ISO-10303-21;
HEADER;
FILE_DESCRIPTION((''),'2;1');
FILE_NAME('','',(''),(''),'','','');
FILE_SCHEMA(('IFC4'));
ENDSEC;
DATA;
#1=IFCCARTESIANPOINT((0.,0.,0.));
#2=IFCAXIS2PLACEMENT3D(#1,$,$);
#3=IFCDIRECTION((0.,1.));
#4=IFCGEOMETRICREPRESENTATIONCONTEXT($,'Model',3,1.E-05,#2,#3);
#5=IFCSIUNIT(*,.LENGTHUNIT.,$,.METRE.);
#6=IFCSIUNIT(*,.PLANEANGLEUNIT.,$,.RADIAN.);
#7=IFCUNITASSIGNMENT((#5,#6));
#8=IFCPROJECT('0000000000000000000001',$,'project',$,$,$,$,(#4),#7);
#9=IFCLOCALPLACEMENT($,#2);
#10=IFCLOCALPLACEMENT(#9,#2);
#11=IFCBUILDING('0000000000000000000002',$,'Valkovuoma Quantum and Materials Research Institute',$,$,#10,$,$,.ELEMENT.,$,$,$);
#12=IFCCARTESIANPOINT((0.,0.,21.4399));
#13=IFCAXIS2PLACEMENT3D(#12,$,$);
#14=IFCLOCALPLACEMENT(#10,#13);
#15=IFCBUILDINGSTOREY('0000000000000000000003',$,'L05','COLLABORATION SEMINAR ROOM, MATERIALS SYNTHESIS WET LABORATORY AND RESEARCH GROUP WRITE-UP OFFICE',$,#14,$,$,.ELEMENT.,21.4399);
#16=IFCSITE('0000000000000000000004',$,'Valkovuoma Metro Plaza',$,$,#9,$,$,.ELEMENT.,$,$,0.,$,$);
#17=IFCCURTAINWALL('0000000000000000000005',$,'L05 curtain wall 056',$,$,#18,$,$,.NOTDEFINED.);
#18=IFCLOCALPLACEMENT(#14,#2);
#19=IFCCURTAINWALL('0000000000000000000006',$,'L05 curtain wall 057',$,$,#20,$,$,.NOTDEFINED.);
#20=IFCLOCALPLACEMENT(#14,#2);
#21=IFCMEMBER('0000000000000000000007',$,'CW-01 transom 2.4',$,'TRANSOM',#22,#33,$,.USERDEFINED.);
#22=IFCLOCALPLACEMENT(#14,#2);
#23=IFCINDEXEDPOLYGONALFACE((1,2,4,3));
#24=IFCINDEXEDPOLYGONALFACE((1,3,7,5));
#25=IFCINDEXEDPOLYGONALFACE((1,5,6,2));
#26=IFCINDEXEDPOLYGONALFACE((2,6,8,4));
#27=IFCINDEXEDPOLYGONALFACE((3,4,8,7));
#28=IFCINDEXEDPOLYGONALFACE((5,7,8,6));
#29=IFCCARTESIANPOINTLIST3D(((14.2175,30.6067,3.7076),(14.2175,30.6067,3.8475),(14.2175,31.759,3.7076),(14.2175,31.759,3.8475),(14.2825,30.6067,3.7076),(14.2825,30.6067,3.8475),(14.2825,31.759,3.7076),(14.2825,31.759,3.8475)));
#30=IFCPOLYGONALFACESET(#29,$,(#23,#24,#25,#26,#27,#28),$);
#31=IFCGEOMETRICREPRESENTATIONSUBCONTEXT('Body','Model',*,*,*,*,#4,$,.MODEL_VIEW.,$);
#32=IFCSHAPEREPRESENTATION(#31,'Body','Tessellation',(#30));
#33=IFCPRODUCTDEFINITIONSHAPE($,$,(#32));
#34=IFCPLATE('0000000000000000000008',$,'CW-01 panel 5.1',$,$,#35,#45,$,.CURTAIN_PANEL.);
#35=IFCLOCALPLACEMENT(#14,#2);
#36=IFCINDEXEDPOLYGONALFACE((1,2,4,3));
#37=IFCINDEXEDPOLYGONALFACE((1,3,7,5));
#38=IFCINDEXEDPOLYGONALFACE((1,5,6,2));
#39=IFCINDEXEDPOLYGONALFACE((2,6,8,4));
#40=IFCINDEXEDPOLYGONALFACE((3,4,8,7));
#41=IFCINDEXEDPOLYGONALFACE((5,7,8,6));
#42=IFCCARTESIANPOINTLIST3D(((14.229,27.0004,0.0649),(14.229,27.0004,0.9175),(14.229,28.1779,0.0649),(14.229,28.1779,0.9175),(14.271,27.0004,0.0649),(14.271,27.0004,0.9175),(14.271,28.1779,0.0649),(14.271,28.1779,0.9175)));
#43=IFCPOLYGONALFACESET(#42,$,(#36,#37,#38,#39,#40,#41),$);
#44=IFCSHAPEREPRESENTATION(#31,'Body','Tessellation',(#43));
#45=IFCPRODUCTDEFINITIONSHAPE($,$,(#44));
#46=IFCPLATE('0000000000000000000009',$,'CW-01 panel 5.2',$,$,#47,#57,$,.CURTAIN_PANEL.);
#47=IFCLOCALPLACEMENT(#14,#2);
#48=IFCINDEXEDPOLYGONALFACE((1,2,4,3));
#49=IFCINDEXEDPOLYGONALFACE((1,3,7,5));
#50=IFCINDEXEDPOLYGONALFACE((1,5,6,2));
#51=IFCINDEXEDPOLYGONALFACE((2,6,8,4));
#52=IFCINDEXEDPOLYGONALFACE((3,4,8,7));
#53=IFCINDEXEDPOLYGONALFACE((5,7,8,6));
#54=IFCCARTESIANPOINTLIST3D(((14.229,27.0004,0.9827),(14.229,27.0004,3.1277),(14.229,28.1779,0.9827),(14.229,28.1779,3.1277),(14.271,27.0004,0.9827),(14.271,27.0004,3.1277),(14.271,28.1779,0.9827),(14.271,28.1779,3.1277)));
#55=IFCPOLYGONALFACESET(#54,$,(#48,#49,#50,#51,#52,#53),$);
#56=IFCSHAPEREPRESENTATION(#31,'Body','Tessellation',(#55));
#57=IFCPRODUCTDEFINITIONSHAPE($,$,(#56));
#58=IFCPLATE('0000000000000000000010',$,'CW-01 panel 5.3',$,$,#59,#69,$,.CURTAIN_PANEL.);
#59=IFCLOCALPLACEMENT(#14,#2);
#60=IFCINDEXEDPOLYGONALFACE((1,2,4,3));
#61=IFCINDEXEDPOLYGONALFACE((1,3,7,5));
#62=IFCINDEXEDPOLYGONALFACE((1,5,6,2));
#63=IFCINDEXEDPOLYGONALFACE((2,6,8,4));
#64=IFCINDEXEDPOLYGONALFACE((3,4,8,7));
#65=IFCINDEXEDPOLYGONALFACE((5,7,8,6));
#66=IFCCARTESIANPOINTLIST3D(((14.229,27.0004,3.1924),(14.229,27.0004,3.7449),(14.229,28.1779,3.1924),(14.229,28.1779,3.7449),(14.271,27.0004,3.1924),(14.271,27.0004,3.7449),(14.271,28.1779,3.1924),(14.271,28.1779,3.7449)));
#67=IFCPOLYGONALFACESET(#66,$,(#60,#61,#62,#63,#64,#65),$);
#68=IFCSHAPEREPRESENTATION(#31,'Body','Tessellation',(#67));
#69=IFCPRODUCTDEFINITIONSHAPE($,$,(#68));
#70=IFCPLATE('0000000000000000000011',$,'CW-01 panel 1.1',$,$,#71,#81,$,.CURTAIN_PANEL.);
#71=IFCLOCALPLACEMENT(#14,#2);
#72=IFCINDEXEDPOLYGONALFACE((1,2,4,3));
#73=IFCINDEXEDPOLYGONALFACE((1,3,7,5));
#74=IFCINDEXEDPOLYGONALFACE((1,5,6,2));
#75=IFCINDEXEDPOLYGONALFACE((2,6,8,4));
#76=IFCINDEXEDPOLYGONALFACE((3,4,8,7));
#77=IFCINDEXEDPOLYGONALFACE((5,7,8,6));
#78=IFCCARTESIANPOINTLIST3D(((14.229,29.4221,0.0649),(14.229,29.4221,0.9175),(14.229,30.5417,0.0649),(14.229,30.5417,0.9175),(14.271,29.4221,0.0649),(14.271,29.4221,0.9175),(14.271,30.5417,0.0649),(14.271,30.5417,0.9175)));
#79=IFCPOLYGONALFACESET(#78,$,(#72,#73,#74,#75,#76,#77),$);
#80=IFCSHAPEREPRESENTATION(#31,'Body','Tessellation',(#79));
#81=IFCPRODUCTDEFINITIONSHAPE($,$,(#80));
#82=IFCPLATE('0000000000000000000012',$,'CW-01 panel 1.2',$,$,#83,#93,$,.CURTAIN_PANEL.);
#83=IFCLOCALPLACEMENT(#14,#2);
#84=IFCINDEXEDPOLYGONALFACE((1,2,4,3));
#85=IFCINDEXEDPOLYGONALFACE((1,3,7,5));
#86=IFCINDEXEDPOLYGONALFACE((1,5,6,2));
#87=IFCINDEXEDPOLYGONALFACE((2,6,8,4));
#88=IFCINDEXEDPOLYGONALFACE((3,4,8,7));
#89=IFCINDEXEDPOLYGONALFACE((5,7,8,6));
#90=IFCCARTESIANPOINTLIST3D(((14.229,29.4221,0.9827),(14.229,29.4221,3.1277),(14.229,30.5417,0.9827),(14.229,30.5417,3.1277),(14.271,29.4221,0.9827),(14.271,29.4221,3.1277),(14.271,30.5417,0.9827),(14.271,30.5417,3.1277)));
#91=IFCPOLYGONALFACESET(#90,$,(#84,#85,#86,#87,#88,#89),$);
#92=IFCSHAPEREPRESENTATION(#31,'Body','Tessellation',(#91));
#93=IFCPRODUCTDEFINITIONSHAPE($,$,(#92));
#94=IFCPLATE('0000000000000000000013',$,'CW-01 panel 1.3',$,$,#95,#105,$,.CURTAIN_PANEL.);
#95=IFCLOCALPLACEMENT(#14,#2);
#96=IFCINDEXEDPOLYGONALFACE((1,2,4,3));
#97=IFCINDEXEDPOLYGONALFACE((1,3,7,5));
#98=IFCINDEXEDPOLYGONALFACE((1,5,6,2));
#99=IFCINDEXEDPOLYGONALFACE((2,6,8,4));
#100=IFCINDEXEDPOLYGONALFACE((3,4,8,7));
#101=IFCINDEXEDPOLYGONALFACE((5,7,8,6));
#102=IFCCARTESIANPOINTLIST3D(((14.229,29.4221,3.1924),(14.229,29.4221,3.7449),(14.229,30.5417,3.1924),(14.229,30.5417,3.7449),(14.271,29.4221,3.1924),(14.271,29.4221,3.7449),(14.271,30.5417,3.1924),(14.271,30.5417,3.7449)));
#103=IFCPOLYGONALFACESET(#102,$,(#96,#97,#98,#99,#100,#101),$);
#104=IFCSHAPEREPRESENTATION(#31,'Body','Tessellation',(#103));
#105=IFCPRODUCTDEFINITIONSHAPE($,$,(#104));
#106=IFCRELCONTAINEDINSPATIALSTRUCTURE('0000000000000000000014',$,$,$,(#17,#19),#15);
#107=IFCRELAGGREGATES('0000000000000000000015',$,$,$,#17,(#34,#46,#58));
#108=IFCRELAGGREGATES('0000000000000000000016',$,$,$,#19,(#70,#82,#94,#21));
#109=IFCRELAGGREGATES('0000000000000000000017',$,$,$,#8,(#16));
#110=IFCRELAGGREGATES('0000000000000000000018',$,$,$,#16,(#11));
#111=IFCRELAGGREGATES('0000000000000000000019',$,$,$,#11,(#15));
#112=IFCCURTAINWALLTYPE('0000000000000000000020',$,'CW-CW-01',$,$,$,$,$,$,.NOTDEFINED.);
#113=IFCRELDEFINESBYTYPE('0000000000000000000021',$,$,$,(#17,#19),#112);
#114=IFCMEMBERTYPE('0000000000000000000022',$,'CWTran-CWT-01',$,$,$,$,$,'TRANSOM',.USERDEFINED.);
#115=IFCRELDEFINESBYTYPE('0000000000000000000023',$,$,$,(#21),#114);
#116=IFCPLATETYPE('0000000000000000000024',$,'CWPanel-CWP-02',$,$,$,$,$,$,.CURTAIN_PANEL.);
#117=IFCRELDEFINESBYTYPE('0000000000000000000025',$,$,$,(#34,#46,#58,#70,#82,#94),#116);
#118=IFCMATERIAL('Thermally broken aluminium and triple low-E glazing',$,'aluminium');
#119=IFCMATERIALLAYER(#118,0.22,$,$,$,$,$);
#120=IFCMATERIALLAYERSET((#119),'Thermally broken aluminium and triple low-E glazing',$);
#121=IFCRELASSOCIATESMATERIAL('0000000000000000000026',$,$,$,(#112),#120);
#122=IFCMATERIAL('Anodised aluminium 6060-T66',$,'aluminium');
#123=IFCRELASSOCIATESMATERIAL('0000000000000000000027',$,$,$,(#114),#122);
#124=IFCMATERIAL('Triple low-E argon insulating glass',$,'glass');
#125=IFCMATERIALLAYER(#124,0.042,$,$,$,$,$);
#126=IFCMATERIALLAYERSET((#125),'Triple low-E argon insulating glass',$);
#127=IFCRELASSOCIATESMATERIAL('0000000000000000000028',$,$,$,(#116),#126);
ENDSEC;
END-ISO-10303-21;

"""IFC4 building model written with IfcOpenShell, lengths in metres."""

from ifc_helpers import new_model, si_unit, direction, frame, origin, origin_2d, place, context, subcontext, project, spatial, rectangle, extrude, material, layer, layer_set, material_profile, profile_set, type_object, element, aggregate, save


model = new_model("IFC4")

# Units and contexts
model_context = context("Model", 3, precision=1e-05, world=origin(), true_north=direction((0.0, 1.0)))
body_context = subcontext(model_context, "Body", "Model", "MODEL_VIEW")
ifc_project = project(units=[si_unit("LENGTHUNIT", "METRE"), si_unit("PLANEANGLEUNIT", "RADIAN")], contexts=[model_context])

# Site, building, storey
site_placement = place(None, origin())
site = spatial("IfcSite", under=ifc_project, at=site_placement, Name="Valkovuoma Metro Plaza", CompositionType="ELEMENT", RefElevation=0.0)
building_placement = place(site_placement, origin())
building = spatial("IfcBuilding", under=site, at=building_placement, Name="Valkovuoma Quantum and Materials Research Institute", CompositionType="ELEMENT")
storey_placement = place(building_placement, frame((0.0, 0.0, 21.4399)))
storey = spatial("IfcBuildingStorey", under=building, at=storey_placement, Name="L05", Description="COLLABORATION SEMINAR ROOM, MATERIALS SYNTHESIS WET LABORATORY AND RESEARCH GROUP WRITE-UP OFFICE", CompositionType="ELEMENT", Elevation=21.4399)

# Curtain walls
ifc_material_1 = material(Name="Thermally broken aluminium and triple low-E glazing", Category="aluminium")
ifc_layer_1 = layer(ifc_material_1, 0.22)
ifc_layer_set_1 = layer_set([ifc_layer_1], Name="Thermally broken aluminium and triple low-E glazing")
curtain_wall_type = type_object("IfcCurtainWallType", Name="CW-CW-01", PredefinedType="NOTDEFINED", material=ifc_layer_set_1)
curtain_wall_1_placement = place(storey_placement, origin())
curtain_wall_1 = element("IfcCurtainWall", 1, at=curtain_wall_1_placement, inside=storey, type_object=curtain_wall_type, Name="L05 curtain wall 056", PredefinedType="NOTDEFINED")
curtain_wall_2_placement = place(storey_placement, origin())
curtain_wall_2 = element("IfcCurtainWall", 2, at=curtain_wall_2_placement, inside=storey, type_object=curtain_wall_type, Name="L05 curtain wall 057", PredefinedType="NOTDEFINED")

# Member
ifc_material_2 = material(Name="Anodised aluminium 6060-T66", Category="aluminium")
ifc_material_profile_1 = material_profile(ifc_material_2, rectangle(XDim=0.0649, YDim=0.1399, at=origin_2d()), Name="Anodised aluminium 6060-T66")
ifc_profile_set_1 = profile_set([ifc_material_profile_1], Name="Anodised aluminium 6060-T66")
member_type_1 = type_object("IfcMemberType", Name="CWTran-CWT-01", ElementType="TRANSOM", PredefinedType="USERDEFINED", material=ifc_profile_set_1)
member_1_placement = place(storey_placement, frame((14.25, 30.6067, 3.7776), z_axis=(0.0, 1.0, 0.0), x_axis=(-1.0, 0.0, 0.0)))
member_1 = element("IfcMember", 3, at=member_1_placement, type_object=member_type_1, Name="CW-01 transom 2.4", ObjectType="TRANSOM", PredefinedType="USERDEFINED", context=body_context, shape_type="SweptSolid", body=[
    extrude(rectangle(XDim=0.0649, YDim=0.1399, at=origin_2d()), origin(), (0.0, 0.0, 1.0), 1.1523),
])

# Plates
ifc_material_3 = material(Name="Triple low-E argon insulating glass", Category="glass")
ifc_layer_2 = layer(ifc_material_3, 0.042)
ifc_layer_set_2 = layer_set([ifc_layer_2], Name="Triple low-E argon insulating glass")
plate_type = type_object("IfcPlateType", Name="CWPanel-CWP-02", PredefinedType="CURTAIN_PANEL", material=ifc_layer_set_2)
plate_1_placement = place(storey_placement, frame((14.25, 27.5891, 0.0649), z_axis=(0.0, 0.0, 1.0), x_axis=(0.0, 1.0, 0.0)))
plate_1 = element("IfcPlate", 4, at=plate_1_placement, type_object=plate_type, Name="CW-01 panel 5.1", PredefinedType="CURTAIN_PANEL", context=body_context, shape_type="SweptSolid", body=[
    extrude(rectangle(XDim=1.1775, YDim=0.042, at=origin_2d()), origin(), (0.0, 0.0, 1.0), 0.8525),
])
plate_2_placement = place(storey_placement, frame((14.25, 27.5891, 0.9827), z_axis=(0.0, 0.0, 1.0), x_axis=(0.0, 1.0, 0.0)))
plate_2 = element("IfcPlate", 5, at=plate_2_placement, type_object=plate_type, Name="CW-01 panel 5.2", PredefinedType="CURTAIN_PANEL", context=body_context, shape_type="SweptSolid", body=[
    extrude(rectangle(XDim=1.1775, YDim=0.042, at=origin_2d()), origin(), (0.0, 0.0, 1.0), 2.145),
])
plate_3_placement = place(storey_placement, frame((14.25, 27.5891, 3.1924), z_axis=(0.0, 0.0, 1.0), x_axis=(0.0, 1.0, 0.0)))
plate_3 = element("IfcPlate", 6, at=plate_3_placement, type_object=plate_type, Name="CW-01 panel 5.3", PredefinedType="CURTAIN_PANEL", context=body_context, shape_type="SweptSolid", body=[
    extrude(rectangle(XDim=1.1775, YDim=0.042, at=origin_2d()), origin(), (0.0, 0.0, 1.0), 0.5525),
])
aggregate(curtain_wall_1, [plate_1, plate_2, plate_3])
plate_4_placement = place(storey_placement, frame((14.25, 29.9819, 0.0649), z_axis=(0.0, 0.0, 1.0), x_axis=(0.0, 1.0, 0.0)))
plate_4 = element("IfcPlate", 7, at=plate_4_placement, type_object=plate_type, Name="CW-01 panel 1.1", PredefinedType="CURTAIN_PANEL", context=body_context, shape_type="SweptSolid", body=[
    extrude(rectangle(XDim=1.1196, YDim=0.042, at=origin_2d()), origin(), (0.0, 0.0, 1.0), 0.8525),
])
plate_5_placement = place(storey_placement, frame((14.25, 29.9819, 0.9827), z_axis=(0.0, 0.0, 1.0), x_axis=(0.0, 1.0, 0.0)))
plate_5 = element("IfcPlate", 8, at=plate_5_placement, type_object=plate_type, Name="CW-01 panel 1.2", PredefinedType="CURTAIN_PANEL", context=body_context, shape_type="SweptSolid", body=[
    extrude(rectangle(XDim=1.1196, YDim=0.042, at=origin_2d()), origin(), (0.0, 0.0, 1.0), 2.145),
])
plate_6_placement = place(storey_placement, frame((14.25, 29.9819, 3.1924), z_axis=(0.0, 0.0, 1.0), x_axis=(0.0, 1.0, 0.0)))
plate_6 = element("IfcPlate", 9, at=plate_6_placement, type_object=plate_type, Name="CW-01 panel 1.3", PredefinedType="CURTAIN_PANEL", context=body_context, shape_type="SweptSolid", body=[
    extrude(rectangle(XDim=1.1196, YDim=0.042, at=origin_2d()), origin(), (0.0, 0.0, 1.0), 0.5525),
])
aggregate(curtain_wall_2, [plate_4, plate_5, plate_6, member_1])

save(model, "model.ifc")
